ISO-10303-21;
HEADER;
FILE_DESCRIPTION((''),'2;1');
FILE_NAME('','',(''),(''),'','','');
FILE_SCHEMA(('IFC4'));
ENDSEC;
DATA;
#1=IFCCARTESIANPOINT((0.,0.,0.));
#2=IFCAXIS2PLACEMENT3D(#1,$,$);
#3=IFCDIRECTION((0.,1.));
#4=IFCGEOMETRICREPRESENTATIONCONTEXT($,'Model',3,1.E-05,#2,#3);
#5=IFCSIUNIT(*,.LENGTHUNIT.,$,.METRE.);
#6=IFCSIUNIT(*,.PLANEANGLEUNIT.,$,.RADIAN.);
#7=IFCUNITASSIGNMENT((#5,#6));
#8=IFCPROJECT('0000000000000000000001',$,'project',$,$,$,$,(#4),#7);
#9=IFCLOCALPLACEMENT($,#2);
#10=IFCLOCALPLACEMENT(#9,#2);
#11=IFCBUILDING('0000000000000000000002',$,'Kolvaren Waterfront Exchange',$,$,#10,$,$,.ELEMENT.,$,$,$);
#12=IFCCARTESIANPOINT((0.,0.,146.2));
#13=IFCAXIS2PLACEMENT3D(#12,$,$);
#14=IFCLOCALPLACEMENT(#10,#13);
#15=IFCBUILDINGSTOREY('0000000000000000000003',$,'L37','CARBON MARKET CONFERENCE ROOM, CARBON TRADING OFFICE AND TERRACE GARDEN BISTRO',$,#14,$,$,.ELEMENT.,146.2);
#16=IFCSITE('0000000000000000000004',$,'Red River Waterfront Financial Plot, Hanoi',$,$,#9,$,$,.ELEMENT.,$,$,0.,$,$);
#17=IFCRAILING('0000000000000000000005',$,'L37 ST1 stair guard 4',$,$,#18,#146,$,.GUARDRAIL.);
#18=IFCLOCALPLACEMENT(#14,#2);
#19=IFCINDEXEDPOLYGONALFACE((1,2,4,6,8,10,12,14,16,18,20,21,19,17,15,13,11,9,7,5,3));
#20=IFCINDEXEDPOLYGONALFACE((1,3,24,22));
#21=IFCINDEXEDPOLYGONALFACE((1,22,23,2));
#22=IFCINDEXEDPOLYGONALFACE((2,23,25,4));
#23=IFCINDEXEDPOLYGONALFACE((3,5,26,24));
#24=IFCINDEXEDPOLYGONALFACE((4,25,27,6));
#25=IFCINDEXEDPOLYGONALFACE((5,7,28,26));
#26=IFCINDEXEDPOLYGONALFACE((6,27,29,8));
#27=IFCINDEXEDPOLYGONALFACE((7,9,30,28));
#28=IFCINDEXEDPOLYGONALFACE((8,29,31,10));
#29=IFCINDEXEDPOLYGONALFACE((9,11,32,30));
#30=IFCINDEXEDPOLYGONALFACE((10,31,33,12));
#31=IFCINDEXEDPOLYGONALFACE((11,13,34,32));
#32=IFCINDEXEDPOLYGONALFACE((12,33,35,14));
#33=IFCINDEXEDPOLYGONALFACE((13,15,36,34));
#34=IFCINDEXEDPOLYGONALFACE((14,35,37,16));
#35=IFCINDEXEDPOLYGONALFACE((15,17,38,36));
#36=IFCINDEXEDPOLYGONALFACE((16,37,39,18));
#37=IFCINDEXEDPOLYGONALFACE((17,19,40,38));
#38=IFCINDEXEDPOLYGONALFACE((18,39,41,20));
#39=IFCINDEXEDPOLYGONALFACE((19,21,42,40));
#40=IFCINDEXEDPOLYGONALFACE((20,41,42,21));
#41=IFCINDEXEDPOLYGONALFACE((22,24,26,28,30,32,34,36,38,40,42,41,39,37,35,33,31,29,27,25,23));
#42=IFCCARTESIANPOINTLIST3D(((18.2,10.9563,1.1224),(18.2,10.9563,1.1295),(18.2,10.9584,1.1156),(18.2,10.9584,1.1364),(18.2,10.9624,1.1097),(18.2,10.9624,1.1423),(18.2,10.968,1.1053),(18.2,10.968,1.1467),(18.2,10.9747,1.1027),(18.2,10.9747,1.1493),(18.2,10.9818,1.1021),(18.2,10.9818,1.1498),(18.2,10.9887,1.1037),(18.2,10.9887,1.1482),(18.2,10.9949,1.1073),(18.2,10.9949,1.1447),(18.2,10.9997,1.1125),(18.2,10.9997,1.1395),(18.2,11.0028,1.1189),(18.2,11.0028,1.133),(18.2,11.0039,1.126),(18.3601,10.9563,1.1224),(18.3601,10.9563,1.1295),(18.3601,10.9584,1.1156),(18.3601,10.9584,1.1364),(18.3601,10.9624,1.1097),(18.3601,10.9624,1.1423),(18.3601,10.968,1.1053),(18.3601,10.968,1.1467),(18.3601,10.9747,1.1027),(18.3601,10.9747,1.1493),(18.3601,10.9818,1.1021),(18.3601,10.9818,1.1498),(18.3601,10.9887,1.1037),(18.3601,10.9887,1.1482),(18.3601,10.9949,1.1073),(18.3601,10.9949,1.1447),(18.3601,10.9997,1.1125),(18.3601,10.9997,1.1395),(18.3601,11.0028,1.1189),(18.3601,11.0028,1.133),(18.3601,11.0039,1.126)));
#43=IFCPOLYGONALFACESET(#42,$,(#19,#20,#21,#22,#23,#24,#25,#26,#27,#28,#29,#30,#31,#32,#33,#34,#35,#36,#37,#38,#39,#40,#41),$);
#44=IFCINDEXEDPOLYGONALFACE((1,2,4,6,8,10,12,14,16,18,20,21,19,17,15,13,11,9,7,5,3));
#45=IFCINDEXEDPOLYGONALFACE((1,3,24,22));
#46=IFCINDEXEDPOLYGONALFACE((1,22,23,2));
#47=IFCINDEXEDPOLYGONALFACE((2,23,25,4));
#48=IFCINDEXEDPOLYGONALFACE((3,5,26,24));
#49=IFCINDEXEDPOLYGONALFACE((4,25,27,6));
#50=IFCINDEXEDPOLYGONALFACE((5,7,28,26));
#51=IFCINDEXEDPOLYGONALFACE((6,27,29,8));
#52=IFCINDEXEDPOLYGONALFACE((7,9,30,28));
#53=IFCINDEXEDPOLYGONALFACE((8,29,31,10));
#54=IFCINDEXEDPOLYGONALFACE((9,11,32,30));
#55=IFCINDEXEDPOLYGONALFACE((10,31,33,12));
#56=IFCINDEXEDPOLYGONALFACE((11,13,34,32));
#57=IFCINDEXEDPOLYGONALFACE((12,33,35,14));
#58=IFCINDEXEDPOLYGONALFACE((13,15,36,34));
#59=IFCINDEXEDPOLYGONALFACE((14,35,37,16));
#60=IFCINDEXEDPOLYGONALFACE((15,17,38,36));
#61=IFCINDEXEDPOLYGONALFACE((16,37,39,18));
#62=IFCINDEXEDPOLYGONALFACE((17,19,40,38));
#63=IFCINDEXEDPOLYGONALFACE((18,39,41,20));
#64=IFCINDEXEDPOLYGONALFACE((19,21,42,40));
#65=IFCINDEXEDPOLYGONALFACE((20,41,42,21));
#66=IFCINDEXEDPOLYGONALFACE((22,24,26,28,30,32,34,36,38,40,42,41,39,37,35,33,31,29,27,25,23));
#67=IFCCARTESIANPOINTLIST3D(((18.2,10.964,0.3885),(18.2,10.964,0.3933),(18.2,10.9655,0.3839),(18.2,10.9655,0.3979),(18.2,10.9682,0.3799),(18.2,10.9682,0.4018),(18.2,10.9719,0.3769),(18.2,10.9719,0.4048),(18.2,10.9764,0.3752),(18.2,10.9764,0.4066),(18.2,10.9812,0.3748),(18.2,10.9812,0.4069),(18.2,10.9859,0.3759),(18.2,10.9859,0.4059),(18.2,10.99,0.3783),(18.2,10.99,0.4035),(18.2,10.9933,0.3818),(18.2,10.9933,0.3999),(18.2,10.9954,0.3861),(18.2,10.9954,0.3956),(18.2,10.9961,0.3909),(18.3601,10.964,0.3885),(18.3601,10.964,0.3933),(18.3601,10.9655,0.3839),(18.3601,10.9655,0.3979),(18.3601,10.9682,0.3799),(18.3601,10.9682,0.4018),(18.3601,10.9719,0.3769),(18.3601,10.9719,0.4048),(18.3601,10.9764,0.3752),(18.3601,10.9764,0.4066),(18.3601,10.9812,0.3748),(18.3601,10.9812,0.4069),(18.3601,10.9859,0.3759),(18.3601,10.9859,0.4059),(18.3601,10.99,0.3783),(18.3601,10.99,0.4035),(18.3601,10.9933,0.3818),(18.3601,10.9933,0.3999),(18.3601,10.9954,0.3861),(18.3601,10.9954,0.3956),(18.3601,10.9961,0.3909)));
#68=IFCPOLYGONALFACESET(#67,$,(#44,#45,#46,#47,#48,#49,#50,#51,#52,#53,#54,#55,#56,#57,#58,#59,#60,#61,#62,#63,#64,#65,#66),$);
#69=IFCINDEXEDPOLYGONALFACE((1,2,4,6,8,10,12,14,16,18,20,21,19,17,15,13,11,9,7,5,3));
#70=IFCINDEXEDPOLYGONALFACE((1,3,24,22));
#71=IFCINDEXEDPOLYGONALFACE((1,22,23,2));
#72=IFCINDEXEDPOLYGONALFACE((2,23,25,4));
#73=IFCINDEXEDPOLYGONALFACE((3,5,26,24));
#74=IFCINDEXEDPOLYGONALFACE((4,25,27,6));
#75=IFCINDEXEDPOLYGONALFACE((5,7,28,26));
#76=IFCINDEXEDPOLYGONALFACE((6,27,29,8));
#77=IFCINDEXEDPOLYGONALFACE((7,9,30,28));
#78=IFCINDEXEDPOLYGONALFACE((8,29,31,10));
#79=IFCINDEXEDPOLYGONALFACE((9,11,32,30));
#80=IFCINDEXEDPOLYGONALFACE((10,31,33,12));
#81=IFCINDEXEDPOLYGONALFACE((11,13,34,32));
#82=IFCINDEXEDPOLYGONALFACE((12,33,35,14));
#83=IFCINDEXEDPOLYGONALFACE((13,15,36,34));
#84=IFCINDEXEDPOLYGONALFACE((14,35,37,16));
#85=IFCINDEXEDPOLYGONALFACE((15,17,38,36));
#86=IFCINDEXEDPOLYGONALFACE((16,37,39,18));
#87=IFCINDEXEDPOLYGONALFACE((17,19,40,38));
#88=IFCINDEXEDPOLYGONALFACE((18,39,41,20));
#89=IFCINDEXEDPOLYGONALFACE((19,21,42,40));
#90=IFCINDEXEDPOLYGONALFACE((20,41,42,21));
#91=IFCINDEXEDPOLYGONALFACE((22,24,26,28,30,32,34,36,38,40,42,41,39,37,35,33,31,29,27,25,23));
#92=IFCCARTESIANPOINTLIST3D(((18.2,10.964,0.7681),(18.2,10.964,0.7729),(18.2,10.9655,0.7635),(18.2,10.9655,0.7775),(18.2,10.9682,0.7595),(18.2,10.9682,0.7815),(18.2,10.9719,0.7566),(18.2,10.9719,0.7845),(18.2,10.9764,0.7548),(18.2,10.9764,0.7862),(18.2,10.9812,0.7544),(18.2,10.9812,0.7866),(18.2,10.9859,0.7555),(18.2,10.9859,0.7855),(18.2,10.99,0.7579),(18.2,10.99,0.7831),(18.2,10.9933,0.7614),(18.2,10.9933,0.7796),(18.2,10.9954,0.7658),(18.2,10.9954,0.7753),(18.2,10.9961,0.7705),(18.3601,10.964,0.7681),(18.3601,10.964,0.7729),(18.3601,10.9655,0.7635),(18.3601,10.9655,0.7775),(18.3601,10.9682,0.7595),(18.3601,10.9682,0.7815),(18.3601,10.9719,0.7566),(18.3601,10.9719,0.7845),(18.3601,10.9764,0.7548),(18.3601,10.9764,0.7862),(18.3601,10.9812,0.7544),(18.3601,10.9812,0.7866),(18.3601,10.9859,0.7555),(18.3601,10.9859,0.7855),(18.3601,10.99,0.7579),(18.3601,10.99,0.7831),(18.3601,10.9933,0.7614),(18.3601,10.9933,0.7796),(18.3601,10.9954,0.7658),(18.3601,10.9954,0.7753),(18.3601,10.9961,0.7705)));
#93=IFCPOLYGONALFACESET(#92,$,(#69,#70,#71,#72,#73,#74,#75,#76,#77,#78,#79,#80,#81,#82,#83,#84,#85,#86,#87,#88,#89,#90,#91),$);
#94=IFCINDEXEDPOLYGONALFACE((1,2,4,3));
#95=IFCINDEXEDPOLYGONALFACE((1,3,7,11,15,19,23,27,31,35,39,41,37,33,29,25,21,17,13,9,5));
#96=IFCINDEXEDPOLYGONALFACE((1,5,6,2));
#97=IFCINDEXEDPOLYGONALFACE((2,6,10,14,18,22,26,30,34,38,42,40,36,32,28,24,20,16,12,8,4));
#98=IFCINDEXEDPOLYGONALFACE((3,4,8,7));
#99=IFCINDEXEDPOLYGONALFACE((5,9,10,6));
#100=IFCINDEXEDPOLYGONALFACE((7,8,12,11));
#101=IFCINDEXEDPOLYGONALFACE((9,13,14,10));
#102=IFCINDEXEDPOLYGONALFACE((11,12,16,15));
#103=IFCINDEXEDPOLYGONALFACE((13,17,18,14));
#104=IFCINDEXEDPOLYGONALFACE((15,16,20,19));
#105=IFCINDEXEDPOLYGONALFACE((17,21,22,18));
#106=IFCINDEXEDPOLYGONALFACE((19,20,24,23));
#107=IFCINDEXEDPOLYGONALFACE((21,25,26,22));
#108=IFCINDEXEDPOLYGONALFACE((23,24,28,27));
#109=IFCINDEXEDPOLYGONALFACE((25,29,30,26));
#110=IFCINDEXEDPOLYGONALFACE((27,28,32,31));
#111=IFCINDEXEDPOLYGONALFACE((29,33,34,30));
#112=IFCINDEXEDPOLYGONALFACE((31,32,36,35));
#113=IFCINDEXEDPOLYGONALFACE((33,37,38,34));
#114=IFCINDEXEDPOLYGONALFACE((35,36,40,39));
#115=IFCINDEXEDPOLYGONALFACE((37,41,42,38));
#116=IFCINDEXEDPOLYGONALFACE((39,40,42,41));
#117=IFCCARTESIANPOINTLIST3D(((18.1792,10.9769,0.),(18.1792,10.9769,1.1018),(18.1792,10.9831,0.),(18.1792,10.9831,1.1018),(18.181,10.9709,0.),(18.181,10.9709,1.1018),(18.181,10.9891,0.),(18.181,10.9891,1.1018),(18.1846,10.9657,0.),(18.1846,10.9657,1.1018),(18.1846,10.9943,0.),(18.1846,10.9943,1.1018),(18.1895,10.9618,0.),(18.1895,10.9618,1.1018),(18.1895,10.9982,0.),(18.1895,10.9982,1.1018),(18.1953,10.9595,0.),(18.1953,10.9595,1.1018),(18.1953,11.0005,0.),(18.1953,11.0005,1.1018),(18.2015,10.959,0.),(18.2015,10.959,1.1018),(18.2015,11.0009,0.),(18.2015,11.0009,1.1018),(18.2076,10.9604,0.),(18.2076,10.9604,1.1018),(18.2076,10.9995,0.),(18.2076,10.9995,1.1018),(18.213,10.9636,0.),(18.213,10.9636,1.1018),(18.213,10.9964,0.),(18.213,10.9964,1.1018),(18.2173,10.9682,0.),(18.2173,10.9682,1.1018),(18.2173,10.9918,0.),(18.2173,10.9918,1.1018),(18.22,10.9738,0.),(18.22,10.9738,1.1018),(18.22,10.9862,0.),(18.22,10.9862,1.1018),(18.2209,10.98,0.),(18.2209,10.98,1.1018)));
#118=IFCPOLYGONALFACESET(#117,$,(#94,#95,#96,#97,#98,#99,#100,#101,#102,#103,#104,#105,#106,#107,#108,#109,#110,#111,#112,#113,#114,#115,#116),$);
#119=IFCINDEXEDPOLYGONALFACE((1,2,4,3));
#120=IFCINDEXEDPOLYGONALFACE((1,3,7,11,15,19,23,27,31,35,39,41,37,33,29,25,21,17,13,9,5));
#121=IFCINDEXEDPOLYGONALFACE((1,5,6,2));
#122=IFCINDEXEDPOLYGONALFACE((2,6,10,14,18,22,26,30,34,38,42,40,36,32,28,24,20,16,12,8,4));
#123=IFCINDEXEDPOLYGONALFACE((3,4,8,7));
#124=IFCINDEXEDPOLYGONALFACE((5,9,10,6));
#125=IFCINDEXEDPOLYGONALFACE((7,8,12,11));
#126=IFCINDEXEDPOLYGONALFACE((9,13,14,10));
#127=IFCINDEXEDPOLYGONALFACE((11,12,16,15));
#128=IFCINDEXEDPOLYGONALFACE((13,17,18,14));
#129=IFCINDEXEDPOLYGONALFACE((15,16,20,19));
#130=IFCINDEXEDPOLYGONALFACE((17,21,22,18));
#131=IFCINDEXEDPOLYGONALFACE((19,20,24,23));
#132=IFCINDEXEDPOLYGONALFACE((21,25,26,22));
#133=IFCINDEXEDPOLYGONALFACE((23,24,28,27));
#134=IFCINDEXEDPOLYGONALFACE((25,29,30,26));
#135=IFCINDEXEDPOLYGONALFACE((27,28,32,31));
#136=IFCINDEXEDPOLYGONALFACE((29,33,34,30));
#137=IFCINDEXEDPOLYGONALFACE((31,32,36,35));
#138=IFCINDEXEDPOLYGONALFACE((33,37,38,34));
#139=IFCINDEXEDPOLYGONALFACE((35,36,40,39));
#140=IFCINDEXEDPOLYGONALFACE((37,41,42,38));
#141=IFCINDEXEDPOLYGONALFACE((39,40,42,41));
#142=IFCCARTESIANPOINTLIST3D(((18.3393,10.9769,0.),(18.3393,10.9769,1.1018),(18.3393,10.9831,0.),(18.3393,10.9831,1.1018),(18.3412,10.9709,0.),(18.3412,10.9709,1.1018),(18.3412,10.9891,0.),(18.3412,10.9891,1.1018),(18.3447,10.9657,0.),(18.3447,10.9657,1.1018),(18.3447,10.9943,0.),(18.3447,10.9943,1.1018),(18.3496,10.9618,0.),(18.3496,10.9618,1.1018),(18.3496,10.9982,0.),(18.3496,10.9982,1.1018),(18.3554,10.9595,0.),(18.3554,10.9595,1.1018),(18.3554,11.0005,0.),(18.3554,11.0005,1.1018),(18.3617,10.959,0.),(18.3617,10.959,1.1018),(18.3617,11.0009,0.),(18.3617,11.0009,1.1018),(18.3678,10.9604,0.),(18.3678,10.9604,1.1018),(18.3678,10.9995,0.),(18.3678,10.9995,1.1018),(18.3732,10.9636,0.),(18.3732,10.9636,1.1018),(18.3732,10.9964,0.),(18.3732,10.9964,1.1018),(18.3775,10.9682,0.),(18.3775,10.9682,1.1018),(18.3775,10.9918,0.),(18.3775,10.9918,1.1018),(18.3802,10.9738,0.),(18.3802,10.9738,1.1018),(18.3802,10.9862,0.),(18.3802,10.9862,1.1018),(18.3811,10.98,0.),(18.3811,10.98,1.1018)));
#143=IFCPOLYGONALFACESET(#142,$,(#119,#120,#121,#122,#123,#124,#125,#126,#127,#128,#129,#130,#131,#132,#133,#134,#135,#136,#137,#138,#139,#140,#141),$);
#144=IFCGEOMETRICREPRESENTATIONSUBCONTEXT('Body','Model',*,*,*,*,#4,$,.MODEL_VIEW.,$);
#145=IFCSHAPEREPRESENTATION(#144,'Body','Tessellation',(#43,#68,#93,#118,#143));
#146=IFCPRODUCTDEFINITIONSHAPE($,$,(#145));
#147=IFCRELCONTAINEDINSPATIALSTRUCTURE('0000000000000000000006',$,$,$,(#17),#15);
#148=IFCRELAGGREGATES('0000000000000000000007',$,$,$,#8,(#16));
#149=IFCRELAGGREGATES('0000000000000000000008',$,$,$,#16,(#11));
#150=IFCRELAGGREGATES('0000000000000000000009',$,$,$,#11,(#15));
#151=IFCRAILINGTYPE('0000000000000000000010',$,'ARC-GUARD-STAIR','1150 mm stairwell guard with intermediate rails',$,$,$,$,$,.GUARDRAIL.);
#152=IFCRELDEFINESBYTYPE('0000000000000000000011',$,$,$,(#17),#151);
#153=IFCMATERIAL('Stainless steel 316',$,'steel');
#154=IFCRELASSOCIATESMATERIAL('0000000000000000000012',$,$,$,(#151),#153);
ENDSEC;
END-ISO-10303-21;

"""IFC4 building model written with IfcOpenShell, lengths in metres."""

from ifc_helpers import new_model, si_unit, direction, frame, origin, origin_2d, place, context, subcontext, project, spatial, circle, extrude, material, type_object, element, save


model = new_model("IFC4")

# Units and contexts
model_context = context("Model", 3, precision=1e-05, world=origin(), true_north=direction((0.0, 1.0)))
body_context = subcontext(model_context, "Body", "Model", "MODEL_VIEW")
ifc_project = project(units=[si_unit("LENGTHUNIT", "METRE"), si_unit("PLANEANGLEUNIT", "RADIAN")], contexts=[model_context])

# Site, building, storey
site_placement = place(None, origin())
site = spatial("IfcSite", under=ifc_project, at=site_placement, Name="Red River Waterfront Financial Plot, Hanoi", CompositionType="ELEMENT", RefElevation=0.0)
building_placement = place(site_placement, origin())
building = spatial("IfcBuilding", under=site, at=building_placement, Name="Kolvaren Waterfront Exchange", CompositionType="ELEMENT")
storey_placement = place(building_placement, frame((0.0, 0.0, 146.2)))
storey = spatial("IfcBuildingStorey", under=building, at=storey_placement, Name="L37", Description="CARBON MARKET CONFERENCE ROOM, CARBON TRADING OFFICE AND TERRACE GARDEN BISTRO", CompositionType="ELEMENT", Elevation=146.2)

# Railing
ifc_material_1 = material(Name="Stainless steel 316", Category="steel")
railing_type_1 = type_object("IfcRailingType", Name="ARC-GUARD-STAIR", Description="1150 mm stairwell guard with intermediate rails", PredefinedType="GUARDRAIL", material=ifc_material_1)
railing_1_placement = place(storey_placement, frame((18.2, 10.98, 0.0)))
element("IfcRailing", 1, at=railing_1_placement, inside=storey, type_object=railing_type_1, Name="L37 ST1 stair guard 4", PredefinedType="GUARDRAIL", context=body_context, shape_type="SweptSolid", body=[
    extrude(circle(Radius=0.0239, at=origin_2d()), frame((0.0, 0.0, 1.126), z_axis=(1.0, 0.0, 0.0), x_axis=(0.0, 1.0, 0.0)), (0.0, 0.0, 1.0), 0.1602),
    extrude(circle(Radius=0.0161, at=origin_2d()), frame((0.0, 0.0, 0.3909), z_axis=(1.0, 0.0, 0.0), x_axis=(0.0, 1.0, 0.0)), (0.0, 0.0, 1.0), 0.1602),
    extrude(circle(Radius=0.0161, at=origin_2d()), frame((0.0, 0.0, 0.7705), z_axis=(1.0, 0.0, 0.0), x_axis=(0.0, 1.0, 0.0)), (0.0, 0.0, 1.0), 0.1602),
    extrude(circle(Radius=0.021, at=origin_2d()), origin(), (0.0, 0.0, 1.0), 1.1018),
    extrude(circle(Radius=0.021, at=origin_2d()), frame((0.1602, 0.0, 0.0)), (0.0, 0.0, 1.0), 1.1018),
])

save(model, "model.ifc")
